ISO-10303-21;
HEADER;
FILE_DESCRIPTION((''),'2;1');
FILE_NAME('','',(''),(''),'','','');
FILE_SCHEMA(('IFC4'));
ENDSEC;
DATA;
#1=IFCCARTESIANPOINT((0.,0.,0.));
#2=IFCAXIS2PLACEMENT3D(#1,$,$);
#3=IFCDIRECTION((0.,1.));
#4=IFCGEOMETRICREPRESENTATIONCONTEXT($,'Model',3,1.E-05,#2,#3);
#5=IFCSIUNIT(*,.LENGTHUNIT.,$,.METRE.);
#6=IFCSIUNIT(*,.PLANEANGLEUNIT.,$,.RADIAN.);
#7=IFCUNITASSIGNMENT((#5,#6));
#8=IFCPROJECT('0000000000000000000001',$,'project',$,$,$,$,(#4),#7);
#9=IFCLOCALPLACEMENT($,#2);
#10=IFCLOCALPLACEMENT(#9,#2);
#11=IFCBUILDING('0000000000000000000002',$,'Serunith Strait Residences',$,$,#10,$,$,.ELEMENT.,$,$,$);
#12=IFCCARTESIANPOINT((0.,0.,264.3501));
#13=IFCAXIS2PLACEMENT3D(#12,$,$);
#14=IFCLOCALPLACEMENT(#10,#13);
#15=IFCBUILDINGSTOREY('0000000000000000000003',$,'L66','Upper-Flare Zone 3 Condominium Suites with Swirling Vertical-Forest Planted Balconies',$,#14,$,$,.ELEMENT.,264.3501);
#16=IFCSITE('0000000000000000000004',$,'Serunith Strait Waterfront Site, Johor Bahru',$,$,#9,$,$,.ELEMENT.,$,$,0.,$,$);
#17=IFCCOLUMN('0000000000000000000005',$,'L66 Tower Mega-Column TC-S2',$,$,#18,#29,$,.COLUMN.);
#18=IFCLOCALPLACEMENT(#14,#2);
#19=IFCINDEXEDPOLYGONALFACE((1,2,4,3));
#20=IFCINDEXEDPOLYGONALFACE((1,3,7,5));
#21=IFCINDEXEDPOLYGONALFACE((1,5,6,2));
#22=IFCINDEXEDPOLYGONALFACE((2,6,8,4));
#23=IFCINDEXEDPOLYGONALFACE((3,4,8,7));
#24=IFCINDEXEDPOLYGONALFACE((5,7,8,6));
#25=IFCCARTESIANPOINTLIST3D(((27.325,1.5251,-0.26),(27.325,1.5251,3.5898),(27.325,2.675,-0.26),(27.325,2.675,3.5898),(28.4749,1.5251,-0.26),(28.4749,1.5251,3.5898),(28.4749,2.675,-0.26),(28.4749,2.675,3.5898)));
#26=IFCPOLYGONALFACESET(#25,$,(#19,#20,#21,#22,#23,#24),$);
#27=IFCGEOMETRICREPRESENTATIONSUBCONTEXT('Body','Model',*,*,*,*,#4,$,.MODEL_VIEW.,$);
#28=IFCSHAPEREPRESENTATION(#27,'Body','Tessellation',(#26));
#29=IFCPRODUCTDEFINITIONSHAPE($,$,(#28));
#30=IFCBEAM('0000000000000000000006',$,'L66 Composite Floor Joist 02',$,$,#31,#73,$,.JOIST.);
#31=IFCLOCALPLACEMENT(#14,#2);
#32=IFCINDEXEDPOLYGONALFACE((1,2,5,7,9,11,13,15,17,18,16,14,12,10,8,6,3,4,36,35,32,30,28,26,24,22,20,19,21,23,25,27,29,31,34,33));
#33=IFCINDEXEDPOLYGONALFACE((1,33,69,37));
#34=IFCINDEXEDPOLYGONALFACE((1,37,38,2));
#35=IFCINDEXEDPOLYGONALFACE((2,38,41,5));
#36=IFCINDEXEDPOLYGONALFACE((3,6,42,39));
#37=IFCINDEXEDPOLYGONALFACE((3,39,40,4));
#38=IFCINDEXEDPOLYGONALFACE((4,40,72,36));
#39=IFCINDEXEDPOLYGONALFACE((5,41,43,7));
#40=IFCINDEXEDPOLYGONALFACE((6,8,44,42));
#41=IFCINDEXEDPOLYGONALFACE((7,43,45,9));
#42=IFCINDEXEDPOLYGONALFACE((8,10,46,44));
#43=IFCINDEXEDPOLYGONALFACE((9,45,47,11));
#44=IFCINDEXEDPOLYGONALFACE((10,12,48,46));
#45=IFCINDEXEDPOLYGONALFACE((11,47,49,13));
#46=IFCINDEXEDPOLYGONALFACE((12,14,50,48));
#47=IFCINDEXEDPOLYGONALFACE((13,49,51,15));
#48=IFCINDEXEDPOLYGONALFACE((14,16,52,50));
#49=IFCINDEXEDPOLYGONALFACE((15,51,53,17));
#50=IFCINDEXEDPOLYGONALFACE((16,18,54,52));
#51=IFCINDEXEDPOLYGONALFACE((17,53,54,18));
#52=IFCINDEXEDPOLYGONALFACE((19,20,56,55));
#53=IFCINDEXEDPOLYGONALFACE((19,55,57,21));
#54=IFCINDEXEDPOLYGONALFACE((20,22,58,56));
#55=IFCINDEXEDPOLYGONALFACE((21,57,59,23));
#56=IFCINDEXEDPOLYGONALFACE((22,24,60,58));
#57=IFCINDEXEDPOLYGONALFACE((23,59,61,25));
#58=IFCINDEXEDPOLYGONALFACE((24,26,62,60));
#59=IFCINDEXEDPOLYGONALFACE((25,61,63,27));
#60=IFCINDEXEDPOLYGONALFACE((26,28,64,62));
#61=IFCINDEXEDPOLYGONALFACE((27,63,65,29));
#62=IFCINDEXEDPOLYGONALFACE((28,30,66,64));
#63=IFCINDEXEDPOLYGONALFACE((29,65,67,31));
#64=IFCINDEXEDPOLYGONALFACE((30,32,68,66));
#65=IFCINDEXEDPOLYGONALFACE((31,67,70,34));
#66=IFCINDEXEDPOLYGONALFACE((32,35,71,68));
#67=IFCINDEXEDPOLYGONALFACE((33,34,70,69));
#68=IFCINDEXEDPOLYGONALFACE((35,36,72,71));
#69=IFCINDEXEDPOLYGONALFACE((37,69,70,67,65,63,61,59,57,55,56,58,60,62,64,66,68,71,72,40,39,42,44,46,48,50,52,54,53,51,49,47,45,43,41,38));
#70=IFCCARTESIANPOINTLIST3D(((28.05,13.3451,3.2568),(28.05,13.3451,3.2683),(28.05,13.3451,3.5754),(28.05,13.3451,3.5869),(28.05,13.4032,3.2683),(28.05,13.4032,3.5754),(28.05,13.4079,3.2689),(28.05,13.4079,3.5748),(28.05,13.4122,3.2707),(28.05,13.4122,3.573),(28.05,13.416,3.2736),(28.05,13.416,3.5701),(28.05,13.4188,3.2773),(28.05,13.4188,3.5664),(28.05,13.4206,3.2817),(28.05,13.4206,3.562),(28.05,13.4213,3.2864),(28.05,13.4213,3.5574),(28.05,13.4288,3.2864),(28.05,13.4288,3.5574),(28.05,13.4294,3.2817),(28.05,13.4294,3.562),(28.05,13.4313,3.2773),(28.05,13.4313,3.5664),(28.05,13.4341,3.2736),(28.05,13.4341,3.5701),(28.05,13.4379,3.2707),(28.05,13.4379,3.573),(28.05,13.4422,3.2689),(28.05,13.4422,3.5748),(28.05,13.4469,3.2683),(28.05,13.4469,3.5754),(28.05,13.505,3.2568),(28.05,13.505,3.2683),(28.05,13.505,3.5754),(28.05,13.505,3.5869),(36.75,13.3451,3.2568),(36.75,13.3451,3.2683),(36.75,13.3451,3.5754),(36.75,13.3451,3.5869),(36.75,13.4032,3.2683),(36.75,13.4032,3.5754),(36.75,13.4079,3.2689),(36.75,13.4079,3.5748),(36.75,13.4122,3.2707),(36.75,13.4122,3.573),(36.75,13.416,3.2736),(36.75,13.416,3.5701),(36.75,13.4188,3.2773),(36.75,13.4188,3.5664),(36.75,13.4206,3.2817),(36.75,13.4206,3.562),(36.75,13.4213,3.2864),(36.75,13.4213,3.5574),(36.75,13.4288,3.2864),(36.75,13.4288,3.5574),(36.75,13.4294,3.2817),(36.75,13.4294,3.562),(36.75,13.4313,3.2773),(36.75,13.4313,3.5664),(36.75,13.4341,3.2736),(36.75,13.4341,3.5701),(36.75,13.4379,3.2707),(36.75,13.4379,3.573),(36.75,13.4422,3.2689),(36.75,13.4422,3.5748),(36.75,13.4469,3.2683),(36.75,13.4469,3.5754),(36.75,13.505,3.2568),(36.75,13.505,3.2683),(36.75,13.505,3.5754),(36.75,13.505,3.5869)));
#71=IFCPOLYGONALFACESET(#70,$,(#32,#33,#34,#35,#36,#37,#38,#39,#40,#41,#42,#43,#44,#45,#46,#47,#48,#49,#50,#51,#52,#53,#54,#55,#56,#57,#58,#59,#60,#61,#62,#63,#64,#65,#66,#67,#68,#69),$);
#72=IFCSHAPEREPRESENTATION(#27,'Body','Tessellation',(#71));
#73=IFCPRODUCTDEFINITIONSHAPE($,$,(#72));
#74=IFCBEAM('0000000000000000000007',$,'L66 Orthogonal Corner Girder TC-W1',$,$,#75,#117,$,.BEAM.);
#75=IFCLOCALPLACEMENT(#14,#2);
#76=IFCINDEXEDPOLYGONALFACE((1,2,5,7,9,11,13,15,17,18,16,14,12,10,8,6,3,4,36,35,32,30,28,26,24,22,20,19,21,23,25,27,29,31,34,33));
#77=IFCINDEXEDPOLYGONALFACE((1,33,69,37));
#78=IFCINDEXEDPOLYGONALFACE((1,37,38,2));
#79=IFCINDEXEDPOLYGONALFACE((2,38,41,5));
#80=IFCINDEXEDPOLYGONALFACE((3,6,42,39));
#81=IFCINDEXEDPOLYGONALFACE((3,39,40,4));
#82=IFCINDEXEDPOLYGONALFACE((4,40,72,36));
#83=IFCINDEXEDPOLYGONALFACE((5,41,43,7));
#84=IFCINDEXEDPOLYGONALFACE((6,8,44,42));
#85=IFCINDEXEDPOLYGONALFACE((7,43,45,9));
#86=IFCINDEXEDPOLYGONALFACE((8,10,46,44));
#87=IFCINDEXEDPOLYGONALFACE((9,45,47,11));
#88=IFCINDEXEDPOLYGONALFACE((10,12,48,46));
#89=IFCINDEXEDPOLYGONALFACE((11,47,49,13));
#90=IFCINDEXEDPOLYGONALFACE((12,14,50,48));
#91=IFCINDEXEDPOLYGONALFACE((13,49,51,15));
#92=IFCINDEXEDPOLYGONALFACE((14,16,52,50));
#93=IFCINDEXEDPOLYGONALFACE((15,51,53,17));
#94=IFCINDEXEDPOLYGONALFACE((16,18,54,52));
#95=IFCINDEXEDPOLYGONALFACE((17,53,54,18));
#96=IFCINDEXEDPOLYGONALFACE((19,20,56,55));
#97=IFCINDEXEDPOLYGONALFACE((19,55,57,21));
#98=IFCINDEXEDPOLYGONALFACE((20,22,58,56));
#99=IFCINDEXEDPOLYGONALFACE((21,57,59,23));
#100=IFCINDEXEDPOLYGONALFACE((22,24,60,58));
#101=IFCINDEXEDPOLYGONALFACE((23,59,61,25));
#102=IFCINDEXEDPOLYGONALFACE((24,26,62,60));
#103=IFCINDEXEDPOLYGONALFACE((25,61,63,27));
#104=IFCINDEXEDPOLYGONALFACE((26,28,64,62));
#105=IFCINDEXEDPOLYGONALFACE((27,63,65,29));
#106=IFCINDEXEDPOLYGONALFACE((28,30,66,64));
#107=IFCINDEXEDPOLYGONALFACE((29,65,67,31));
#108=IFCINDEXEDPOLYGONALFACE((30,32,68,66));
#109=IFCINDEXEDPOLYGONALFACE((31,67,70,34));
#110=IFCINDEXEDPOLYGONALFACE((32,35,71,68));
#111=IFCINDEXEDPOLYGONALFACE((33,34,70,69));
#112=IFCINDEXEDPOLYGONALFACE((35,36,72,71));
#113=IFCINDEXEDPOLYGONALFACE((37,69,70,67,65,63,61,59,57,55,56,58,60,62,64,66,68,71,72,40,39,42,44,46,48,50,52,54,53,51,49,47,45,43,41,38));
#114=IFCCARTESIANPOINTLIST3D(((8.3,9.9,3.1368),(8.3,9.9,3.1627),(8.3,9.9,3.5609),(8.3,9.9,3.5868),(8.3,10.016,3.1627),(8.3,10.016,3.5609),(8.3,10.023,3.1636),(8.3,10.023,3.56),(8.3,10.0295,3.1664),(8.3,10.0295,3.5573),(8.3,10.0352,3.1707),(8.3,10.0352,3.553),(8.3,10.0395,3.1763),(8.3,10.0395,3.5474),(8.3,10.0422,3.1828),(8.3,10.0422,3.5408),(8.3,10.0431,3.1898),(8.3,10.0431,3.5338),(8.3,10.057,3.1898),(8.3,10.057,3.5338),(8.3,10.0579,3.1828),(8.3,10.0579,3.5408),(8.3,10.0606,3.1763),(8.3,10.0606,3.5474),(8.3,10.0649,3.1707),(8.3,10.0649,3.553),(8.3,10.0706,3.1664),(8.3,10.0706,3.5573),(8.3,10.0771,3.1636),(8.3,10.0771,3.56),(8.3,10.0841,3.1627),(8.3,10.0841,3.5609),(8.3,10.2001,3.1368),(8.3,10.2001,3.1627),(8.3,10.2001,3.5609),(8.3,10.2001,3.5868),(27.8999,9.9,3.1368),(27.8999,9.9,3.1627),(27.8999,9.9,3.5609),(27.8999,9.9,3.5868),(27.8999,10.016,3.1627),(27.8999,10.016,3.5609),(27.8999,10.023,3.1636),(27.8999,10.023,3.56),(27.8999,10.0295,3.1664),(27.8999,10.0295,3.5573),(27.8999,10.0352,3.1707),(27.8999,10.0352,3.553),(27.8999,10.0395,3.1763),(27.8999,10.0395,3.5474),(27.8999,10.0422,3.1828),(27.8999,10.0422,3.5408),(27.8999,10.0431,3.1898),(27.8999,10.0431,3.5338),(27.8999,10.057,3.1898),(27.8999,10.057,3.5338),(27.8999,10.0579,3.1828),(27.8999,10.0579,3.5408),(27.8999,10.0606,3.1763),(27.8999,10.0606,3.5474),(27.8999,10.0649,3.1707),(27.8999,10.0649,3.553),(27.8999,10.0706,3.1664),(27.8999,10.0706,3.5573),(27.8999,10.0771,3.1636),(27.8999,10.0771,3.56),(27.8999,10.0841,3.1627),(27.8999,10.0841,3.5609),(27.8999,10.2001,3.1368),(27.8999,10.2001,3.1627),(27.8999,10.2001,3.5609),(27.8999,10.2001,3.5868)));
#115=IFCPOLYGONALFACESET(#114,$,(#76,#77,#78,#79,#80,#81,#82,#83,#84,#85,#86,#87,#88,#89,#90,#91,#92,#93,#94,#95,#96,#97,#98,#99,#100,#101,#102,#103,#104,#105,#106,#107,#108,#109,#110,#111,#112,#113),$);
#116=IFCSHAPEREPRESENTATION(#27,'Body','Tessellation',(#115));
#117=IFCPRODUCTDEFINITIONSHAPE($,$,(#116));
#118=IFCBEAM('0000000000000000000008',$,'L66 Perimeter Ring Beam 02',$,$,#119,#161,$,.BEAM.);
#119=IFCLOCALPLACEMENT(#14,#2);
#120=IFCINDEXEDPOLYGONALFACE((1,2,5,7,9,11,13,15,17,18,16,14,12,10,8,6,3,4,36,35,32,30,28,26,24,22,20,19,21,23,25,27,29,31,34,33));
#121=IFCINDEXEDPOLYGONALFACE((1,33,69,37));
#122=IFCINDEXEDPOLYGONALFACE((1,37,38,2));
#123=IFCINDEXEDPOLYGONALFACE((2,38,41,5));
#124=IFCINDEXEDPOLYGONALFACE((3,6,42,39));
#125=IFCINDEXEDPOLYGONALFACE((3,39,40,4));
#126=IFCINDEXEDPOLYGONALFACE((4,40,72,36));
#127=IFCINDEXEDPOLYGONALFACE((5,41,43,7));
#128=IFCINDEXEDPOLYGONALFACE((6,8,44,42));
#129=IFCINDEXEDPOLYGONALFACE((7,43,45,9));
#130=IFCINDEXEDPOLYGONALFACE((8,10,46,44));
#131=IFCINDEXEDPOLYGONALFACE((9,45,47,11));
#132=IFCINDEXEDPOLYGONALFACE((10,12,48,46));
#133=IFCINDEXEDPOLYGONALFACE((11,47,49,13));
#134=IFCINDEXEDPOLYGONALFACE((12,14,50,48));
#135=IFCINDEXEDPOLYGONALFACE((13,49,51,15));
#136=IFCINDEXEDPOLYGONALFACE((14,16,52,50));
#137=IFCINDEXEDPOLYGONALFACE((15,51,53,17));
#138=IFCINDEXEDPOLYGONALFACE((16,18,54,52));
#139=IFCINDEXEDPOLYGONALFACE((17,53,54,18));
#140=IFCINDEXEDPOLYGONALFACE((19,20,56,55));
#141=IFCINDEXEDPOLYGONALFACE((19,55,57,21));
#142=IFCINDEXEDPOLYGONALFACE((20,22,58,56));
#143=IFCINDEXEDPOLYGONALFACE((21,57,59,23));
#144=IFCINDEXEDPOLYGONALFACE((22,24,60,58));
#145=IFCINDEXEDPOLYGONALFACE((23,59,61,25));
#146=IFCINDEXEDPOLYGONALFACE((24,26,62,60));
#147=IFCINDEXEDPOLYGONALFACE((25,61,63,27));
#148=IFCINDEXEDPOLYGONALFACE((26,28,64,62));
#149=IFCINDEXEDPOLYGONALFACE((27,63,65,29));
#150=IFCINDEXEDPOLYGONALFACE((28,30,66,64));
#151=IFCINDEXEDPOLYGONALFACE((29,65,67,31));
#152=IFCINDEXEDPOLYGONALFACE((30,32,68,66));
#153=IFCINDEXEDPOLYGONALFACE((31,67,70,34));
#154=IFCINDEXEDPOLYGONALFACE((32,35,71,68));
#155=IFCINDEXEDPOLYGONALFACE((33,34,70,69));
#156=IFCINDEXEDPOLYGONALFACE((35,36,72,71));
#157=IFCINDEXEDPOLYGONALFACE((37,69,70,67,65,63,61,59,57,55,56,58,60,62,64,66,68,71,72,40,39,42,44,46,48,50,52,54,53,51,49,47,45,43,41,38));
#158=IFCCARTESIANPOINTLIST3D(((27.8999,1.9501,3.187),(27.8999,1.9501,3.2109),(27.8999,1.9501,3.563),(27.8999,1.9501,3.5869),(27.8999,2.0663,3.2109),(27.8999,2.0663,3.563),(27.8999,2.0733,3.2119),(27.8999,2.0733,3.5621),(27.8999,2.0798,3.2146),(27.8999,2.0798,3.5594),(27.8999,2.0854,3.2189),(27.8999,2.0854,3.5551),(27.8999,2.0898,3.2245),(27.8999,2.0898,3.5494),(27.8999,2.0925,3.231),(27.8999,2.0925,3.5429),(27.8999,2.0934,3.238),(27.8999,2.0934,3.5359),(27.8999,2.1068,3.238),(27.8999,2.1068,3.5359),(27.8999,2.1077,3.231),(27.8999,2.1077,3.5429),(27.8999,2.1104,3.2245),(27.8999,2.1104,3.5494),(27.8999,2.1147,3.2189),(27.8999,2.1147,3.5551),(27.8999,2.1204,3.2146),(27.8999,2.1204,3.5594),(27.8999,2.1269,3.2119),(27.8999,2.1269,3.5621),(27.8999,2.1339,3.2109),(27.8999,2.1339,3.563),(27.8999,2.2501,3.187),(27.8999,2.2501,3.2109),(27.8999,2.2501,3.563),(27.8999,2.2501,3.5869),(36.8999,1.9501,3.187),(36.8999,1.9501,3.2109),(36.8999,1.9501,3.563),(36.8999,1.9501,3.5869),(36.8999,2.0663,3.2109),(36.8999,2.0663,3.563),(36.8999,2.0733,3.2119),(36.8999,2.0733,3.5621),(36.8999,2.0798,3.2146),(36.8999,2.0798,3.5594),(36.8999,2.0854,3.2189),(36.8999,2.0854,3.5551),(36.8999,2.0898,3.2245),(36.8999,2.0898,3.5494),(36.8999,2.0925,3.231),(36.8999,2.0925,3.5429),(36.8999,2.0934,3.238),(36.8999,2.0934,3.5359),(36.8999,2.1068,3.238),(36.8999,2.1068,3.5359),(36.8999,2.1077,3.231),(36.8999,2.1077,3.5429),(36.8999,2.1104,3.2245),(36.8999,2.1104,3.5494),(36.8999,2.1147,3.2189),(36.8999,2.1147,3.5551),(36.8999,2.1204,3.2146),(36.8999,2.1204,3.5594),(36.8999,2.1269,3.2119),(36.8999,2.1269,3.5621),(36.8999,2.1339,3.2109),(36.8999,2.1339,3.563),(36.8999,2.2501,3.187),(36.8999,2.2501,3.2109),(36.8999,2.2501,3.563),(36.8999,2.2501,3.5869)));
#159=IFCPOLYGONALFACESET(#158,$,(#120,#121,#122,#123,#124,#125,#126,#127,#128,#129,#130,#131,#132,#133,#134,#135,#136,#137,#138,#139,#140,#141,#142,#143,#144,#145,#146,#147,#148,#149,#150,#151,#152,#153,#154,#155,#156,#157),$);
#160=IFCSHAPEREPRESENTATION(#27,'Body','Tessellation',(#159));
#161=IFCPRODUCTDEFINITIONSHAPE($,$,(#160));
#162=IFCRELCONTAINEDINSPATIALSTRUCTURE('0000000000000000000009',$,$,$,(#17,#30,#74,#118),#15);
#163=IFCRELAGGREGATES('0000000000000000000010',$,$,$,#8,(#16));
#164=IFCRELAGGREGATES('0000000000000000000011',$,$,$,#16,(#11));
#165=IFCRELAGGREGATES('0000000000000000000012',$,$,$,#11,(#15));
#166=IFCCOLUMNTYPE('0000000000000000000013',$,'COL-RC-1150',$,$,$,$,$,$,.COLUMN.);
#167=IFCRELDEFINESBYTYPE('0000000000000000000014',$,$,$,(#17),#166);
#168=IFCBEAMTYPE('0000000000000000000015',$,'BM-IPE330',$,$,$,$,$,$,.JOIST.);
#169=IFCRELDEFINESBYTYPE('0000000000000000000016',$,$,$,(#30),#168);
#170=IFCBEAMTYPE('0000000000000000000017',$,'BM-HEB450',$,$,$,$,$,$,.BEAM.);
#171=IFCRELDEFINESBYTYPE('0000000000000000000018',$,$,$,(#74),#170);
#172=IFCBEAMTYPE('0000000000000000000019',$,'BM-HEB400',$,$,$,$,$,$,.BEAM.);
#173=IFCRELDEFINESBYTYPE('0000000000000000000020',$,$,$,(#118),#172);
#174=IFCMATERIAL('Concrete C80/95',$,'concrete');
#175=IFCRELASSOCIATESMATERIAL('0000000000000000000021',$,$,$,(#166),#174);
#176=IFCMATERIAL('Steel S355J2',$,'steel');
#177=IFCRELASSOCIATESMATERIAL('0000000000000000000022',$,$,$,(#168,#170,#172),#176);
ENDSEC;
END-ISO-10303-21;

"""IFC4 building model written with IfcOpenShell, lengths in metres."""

from ifc_helpers import new_model, si_unit, direction, frame, origin, origin_2d, place, context, subcontext, project, spatial, rectangle, i_section, extrude, source, transform, mapped, material, material_profile, profile_set, type_object, element, save


model = new_model("IFC4")

# Units and contexts
model_context = context("Model", 3, precision=1e-05, world=origin(), true_north=direction((0.0, 1.0)))
body_context = subcontext(model_context, "Body", "Model", "MODEL_VIEW")
ifc_project = project(units=[si_unit("LENGTHUNIT", "METRE"), si_unit("PLANEANGLEUNIT", "RADIAN")], contexts=[model_context])

# Site, building, storey
site_placement = place(None, origin())
site = spatial("IfcSite", under=ifc_project, at=site_placement, Name="Serunith Strait Waterfront Site, Johor Bahru", CompositionType="ELEMENT", RefElevation=0.0)
building_placement = place(site_placement, origin())
building = spatial("IfcBuilding", under=site, at=building_placement, Name="Serunith Strait Residences", CompositionType="ELEMENT")
storey_placement = place(building_placement, frame((0.0, 0.0, 264.3501)))
storey = spatial("IfcBuildingStorey", under=building, at=storey_placement, Name="L66", Description="Upper-Flare Zone 3 Condominium Suites with Swirling Vertical-Forest Planted Balconies", CompositionType="ELEMENT", Elevation=264.3501)

# Column
ifc_material_1 = material(Name="Concrete C80/95", Category="concrete")
ifc_material_profile_1 = material_profile(ifc_material_1, rectangle(XDim=1.1499, YDim=1.1499, at=origin_2d()), Name="RC 1150x1150")
ifc_profile_set_1 = profile_set([ifc_material_profile_1], Name="Concrete C80/95")
column_type = type_object("IfcColumnType", Name="COL-RC-1150", PredefinedType="COLUMN", material=ifc_profile_set_1)
shared_shape_1 = source(origin(), body_context, "Body", "SweptSolid", [
    extrude(rectangle(XDim=1.1499, YDim=1.1499, at=origin_2d()), origin(), (0.0, 0.0, 1.0), 3.8499),
])
column_placement = place(storey_placement, frame((27.8999, 2.1001, -0.26), z_axis=(0.0, 0.0, 1.0), x_axis=(1.0, 0.0, 0.0)))
element("IfcColumn", 1, at=column_placement, inside=storey, type_object=column_type, Name="L66 Tower Mega-Column TC-S2", PredefinedType="COLUMN", context=body_context, shape_type="MappedRepresentation", body=[
    mapped(shared_shape_1, transform((0.0, 0.0, 0.0), scale=1.0)),
])

# Beams
ifc_material_2 = material(Name="Steel S355J2", Category="steel")
ifc_material_profile_2 = material_profile(ifc_material_2, i_section(OverallWidth=0.1599, OverallDepth=0.3301, WebThickness=0.0076, FlangeThickness=0.0115, FilletRadius=0.0181, at=origin_2d()), Name="IPE 330")
ifc_profile_set_2 = profile_set([ifc_material_profile_2], Name="Steel S355J2")
beam_type_1 = type_object("IfcBeamType", Name="BM-IPE330", PredefinedType="JOIST", material=ifc_profile_set_2)
shared_shape_2 = source(origin(), body_context, "Body", "SweptSolid", [
    extrude(i_section(OverallWidth=0.1599, OverallDepth=0.3301, WebThickness=0.0076, FlangeThickness=0.0115, FilletRadius=0.0181, at=origin_2d()), origin(), (0.0, 0.0, 1.0), 8.7),
])
beam_1_placement = place(storey_placement, frame((28.05, 13.425, 3.4219), z_axis=(1.0, 0.0, 0.0), x_axis=(0.0, 1.0, 0.0)))
element("IfcBeam", 2, at=beam_1_placement, inside=storey, type_object=beam_type_1, Name="L66 Composite Floor Joist 02", PredefinedType="JOIST", context=body_context, shape_type="MappedRepresentation", body=[
    mapped(shared_shape_2, transform((0.0, 0.0, 0.0), scale=1.0)),
])
ifc_material_profile_3 = material_profile(ifc_material_2, i_section(OverallWidth=0.3, OverallDepth=0.45, WebThickness=0.0139, FlangeThickness=0.0259, FilletRadius=0.0271, at=origin_2d()), Name="HEB 450")
ifc_profile_set_3 = profile_set([ifc_material_profile_3], Name="Steel S355J2")
beam_type_2 = type_object("IfcBeamType", Name="BM-HEB450", PredefinedType="BEAM", material=ifc_profile_set_3)
shared_shape_3 = source(origin(), body_context, "Body", "SweptSolid", [
    extrude(i_section(OverallWidth=0.3, OverallDepth=0.45, WebThickness=0.0139, FlangeThickness=0.0259, FilletRadius=0.0271, at=origin_2d()), origin(), (0.0, 0.0, 1.0), 19.5999),
])
beam_2_placement = place(storey_placement, frame((27.8999, 10.05, 3.3618), z_axis=(-1.0, 0.0, 0.0), x_axis=(0.0, -1.0, 0.0)))
element("IfcBeam", 3, at=beam_2_placement, inside=storey, type_object=beam_type_2, Name="L66 Orthogonal Corner Girder TC-W1", PredefinedType="BEAM", context=body_context, shape_type="MappedRepresentation", body=[
    mapped(shared_shape_3, transform((0.0, 0.0, 0.0), scale=1.0)),
])
ifc_material_profile_4 = material_profile(ifc_material_2, i_section(OverallWidth=0.3, OverallDepth=0.3999, WebThickness=0.0134, FlangeThickness=0.0239, FilletRadius=0.0271, at=origin_2d()), Name="HEB 400")
ifc_profile_set_4 = profile_set([ifc_material_profile_4], Name="Steel S355J2")
beam_type_3 = type_object("IfcBeamType", Name="BM-HEB400", PredefinedType="BEAM", material=ifc_profile_set_4)
shared_shape_4 = source(origin(), body_context, "Body", "SweptSolid", [
    extrude(i_section(OverallWidth=0.3, OverallDepth=0.3999, WebThickness=0.0134, FlangeThickness=0.0239, FilletRadius=0.0271, at=origin_2d()), origin(), (0.0, 0.0, 1.0), 9.0),
])
beam_3_placement = place(storey_placement, frame((27.8999, 2.1001, 3.387), z_axis=(1.0, 0.0, 0.0), x_axis=(0.0, 1.0, 0.0)))
element("IfcBeam", 4, at=beam_3_placement, inside=storey, type_object=beam_type_3, Name="L66 Perimeter Ring Beam 02", PredefinedType="BEAM", context=body_context, shape_type="MappedRepresentation", body=[
    mapped(shared_shape_4, transform((0.0, 0.0, 0.0), scale=1.0)),
])

save(model, "model.ifc")
